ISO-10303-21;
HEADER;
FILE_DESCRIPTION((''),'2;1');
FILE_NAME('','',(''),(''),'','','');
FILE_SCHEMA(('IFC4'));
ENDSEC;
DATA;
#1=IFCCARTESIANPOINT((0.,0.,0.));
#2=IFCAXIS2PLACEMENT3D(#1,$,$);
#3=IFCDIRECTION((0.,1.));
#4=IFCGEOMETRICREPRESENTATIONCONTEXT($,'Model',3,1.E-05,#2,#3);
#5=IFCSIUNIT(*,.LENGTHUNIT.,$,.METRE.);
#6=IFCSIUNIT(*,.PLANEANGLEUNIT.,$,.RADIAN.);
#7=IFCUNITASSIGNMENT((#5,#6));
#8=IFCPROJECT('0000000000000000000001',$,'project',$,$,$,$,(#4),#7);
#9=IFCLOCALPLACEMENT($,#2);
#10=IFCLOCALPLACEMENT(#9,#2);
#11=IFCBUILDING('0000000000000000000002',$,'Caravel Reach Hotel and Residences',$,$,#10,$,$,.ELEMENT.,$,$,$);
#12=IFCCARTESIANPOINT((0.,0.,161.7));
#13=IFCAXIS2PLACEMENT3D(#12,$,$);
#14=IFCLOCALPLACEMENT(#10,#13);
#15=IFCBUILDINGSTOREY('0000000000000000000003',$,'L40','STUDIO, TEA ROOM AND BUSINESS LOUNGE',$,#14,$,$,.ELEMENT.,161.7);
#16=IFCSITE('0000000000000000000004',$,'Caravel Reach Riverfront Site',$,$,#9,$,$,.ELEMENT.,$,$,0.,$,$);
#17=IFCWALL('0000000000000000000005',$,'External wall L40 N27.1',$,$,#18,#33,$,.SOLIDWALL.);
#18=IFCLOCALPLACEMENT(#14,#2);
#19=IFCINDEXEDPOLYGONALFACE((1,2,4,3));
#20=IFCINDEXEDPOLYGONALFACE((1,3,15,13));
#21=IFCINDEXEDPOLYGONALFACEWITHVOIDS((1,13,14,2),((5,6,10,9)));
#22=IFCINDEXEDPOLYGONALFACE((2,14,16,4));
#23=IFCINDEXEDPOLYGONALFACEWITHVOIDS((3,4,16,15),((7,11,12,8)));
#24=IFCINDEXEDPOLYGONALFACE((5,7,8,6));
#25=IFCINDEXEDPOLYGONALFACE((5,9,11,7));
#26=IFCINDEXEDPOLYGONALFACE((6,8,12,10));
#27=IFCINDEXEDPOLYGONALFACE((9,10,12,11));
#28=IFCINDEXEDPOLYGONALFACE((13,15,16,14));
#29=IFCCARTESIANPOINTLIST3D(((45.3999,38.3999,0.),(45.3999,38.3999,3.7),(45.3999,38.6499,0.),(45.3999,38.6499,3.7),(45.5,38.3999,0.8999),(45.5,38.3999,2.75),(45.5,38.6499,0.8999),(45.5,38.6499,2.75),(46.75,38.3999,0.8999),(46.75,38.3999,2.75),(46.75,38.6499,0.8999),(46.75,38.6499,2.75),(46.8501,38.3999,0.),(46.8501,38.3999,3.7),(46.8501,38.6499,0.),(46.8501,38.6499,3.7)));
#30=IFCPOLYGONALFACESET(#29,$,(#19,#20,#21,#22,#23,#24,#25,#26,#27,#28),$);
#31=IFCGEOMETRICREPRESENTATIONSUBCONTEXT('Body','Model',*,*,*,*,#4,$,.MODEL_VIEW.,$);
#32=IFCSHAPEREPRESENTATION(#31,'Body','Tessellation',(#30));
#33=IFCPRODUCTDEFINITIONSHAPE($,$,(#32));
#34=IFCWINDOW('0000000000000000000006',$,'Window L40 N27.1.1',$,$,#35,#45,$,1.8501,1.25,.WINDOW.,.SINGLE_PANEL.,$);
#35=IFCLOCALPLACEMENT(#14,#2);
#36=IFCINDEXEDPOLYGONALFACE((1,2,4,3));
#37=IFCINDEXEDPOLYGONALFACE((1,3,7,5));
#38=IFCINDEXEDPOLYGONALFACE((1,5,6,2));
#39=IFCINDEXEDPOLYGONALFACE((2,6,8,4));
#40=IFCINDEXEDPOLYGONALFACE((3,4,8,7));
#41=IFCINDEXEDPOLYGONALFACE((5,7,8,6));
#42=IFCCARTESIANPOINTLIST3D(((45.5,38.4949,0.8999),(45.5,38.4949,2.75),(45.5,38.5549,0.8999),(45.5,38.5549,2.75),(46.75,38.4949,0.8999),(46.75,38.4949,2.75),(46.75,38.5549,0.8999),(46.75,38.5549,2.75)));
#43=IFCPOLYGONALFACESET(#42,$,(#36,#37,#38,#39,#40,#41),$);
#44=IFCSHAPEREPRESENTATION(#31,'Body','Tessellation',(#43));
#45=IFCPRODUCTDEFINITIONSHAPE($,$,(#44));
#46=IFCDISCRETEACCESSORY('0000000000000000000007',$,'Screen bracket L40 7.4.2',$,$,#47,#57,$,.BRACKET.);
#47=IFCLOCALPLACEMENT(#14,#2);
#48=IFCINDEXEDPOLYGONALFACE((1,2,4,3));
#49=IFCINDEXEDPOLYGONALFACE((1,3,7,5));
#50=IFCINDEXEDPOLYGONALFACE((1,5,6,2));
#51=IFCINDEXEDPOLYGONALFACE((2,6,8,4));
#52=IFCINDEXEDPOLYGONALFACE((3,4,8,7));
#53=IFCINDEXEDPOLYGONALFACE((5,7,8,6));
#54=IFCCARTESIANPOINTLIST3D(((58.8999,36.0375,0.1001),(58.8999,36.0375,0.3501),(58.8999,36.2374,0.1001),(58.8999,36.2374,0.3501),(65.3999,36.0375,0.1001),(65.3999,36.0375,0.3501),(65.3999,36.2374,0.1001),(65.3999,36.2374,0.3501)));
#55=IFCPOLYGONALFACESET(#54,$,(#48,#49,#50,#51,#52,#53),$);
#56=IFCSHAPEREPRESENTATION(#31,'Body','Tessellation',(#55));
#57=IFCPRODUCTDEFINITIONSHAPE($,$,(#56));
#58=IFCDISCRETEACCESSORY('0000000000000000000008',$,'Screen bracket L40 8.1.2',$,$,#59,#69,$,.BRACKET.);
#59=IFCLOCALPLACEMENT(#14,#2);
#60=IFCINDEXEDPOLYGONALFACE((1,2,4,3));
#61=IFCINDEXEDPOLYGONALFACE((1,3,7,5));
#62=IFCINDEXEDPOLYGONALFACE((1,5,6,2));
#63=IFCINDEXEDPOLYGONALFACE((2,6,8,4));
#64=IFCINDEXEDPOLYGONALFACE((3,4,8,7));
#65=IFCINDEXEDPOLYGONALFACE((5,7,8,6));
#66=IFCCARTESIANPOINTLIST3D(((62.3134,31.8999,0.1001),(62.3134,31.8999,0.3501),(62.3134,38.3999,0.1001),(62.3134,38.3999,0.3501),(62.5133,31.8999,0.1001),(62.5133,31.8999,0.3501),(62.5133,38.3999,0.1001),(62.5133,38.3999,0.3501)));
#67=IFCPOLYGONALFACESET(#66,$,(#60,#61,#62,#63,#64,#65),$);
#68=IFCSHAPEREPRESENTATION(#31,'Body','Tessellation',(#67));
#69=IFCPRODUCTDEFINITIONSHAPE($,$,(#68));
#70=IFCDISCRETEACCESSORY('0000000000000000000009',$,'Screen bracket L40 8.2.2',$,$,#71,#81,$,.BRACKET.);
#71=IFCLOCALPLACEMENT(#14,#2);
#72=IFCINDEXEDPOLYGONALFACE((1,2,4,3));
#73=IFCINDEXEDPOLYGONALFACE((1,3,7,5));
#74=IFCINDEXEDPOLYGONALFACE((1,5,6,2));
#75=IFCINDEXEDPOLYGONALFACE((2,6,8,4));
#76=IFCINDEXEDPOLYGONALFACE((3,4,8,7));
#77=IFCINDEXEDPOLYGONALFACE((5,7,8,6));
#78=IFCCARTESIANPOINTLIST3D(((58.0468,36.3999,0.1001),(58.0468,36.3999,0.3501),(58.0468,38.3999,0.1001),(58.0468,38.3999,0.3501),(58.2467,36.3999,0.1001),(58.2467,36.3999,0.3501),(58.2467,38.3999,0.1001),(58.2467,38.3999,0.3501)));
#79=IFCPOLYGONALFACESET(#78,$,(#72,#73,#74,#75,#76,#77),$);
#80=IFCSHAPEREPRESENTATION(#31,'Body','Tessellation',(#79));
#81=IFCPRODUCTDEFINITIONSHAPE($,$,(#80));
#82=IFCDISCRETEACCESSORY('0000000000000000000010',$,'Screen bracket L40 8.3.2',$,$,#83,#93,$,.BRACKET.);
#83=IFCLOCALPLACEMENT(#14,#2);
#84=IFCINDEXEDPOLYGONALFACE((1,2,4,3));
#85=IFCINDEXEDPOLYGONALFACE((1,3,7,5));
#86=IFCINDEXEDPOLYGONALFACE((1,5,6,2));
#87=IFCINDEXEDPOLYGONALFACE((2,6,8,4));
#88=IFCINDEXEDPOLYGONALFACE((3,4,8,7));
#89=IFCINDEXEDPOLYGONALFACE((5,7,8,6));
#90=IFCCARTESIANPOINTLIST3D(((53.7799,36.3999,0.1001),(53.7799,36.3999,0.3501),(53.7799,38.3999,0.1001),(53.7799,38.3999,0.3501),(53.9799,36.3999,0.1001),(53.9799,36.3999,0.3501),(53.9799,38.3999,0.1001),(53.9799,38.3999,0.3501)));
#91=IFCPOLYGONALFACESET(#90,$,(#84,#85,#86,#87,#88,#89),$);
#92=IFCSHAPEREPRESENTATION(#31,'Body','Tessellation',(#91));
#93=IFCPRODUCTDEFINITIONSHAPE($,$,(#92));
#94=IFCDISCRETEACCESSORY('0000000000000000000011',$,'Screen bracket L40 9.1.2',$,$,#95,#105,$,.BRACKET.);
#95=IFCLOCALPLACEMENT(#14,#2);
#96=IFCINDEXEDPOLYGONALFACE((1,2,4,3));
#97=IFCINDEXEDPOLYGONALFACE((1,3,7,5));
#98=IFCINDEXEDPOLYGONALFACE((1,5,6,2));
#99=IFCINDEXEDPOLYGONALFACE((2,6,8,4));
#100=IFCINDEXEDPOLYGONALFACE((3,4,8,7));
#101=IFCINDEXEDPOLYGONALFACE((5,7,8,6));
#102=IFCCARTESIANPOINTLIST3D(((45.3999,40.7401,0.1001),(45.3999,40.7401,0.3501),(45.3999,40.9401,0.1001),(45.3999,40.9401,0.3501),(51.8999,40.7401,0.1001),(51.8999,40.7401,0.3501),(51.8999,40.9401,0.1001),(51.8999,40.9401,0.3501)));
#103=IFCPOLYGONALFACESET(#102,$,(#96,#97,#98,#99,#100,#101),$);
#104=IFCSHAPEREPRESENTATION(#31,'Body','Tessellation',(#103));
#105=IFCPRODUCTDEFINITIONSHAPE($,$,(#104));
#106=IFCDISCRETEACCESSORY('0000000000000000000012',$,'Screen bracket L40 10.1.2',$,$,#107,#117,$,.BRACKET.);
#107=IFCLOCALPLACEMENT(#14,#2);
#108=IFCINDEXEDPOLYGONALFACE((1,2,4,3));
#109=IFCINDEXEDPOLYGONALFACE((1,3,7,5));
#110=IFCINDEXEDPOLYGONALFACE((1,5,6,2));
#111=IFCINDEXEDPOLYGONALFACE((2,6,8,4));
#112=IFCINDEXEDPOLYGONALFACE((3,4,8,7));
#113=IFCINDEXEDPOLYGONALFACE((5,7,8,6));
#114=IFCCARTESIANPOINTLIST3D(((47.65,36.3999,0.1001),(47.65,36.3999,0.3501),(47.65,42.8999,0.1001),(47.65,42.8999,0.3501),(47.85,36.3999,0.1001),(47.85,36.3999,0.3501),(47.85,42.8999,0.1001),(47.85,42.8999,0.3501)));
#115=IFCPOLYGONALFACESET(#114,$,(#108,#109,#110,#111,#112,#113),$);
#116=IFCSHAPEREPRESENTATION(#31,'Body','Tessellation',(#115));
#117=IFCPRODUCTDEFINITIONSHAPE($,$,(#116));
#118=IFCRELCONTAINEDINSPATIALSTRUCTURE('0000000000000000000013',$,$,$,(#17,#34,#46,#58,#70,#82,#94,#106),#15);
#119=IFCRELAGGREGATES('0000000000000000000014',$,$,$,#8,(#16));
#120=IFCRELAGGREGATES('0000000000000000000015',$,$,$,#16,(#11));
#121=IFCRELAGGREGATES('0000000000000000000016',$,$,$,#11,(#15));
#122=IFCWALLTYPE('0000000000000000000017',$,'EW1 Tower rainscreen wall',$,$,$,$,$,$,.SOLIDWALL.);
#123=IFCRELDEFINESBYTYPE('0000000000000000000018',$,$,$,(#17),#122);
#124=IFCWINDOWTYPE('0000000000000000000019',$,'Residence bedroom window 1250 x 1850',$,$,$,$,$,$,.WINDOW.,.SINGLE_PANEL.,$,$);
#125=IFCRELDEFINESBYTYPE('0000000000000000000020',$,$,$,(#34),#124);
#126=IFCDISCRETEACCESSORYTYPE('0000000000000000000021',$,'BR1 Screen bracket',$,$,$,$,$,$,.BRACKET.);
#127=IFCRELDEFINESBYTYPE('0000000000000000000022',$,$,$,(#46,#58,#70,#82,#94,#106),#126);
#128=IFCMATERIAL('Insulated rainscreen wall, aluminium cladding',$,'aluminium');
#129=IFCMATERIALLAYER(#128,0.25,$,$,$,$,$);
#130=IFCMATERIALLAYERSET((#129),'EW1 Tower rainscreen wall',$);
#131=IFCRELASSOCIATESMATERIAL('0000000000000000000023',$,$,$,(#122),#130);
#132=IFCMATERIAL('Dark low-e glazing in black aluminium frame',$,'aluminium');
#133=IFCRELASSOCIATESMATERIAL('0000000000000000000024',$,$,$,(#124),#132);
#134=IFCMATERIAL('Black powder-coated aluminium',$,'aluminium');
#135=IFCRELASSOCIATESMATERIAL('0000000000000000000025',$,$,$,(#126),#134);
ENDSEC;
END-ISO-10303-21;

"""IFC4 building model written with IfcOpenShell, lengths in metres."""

from ifc_helpers import new_model, si_unit, direction, frame, frame_2d, origin, origin_2d, place, context, subcontext, project, spatial, rectangle, extrude, material, layer, layer_set, type_object, element, fill, save


model = new_model("IFC4")

# Units and contexts
model_context = context("Model", 3, precision=1e-05, world=origin(), true_north=direction((0.0, 1.0)))
body_context = subcontext(model_context, "Body", "Model", "MODEL_VIEW")
ifc_project = project(units=[si_unit("LENGTHUNIT", "METRE"), si_unit("PLANEANGLEUNIT", "RADIAN")], contexts=[model_context])

# Site, building, storey
site_placement = place(None, origin())
site = spatial("IfcSite", under=ifc_project, at=site_placement, Name="Caravel Reach Riverfront Site", CompositionType="ELEMENT", RefElevation=0.0)
building_placement = place(site_placement, origin())
building = spatial("IfcBuilding", under=site, at=building_placement, Name="Caravel Reach Hotel and Residences", CompositionType="ELEMENT")
storey_placement = place(building_placement, frame((0.0, 0.0, 161.7)))
storey = spatial("IfcBuildingStorey", under=building, at=storey_placement, Name="L40", Description="STUDIO, TEA ROOM AND BUSINESS LOUNGE", CompositionType="ELEMENT", Elevation=161.7)

# Shared definitions
ifc_material_1 = material(Name="Insulated rainscreen wall, aluminium cladding", Category="aluminium")
ifc_layer = layer(ifc_material_1, 0.25)
ifc_layer_set = layer_set([ifc_layer], Name="EW1 Tower rainscreen wall")
wall_type = type_object("IfcWallType", Name="EW1 Tower rainscreen wall", PredefinedType="SOLIDWALL", material=ifc_layer_set)
ifc_material_2 = material(Name="Dark low-e glazing in black aluminium frame", Category="aluminium")
window_type_1 = type_object("IfcWindowType", Name="Residence bedroom window 1250 x 1850", PartitioningType="SINGLE_PANEL", PredefinedType="WINDOW", material=ifc_material_2)

# Wall, opening, window
wall_1_placement = place(storey_placement, frame((46.8501, 38.5249, 0.0), z_axis=(0.0, 0.0, 1.0), x_axis=(-1.0, 0.0, 0.0)))
wall_1 = element("IfcWall", 1, at=wall_1_placement, inside=storey, type_object=wall_type, Name="External wall L40 N27.1", PredefinedType="SOLIDWALL", context=body_context, shape_type="SweptSolid", body=[
    extrude(rectangle(XDim=1.4502, YDim=0.25, at=frame_2d((0.7251, 0.0))), origin(), (0.0, 0.0, 1.0), 3.7),
])
opening_1_placement = place(wall_1_placement, frame((0.1001, 0.0, 0.8999)))
opening_1 = element("IfcOpeningElement", 2, at=opening_1_placement, cuts=wall_1, PredefinedType="OPENING", context=body_context, shape_type="SweptSolid", body=[
    extrude(rectangle(XDim=1.25, YDim=1.8501, at=frame_2d((0.625, 0.925))), frame((0.0, 0.135, 0.0), z_axis=(0.0, -1.0, 0.0), x_axis=(1.0, 0.0, 0.0)), (0.0, 0.0, 1.0), 0.27),
])
window_1_placement = place(opening_1_placement, origin())
window_1 = element("IfcWindow", 3, at=window_1_placement, inside=storey, type_object=window_type_1, Name="Window L40 N27.1.1", OverallHeight=1.8501, OverallWidth=1.25, PartitioningType="SINGLE_PANEL", PredefinedType="WINDOW", context=body_context, shape_type="SweptSolid", body=[
    extrude(rectangle(XDim=1.25, YDim=1.8501, at=frame_2d((0.625, 0.925))), frame((0.0, 0.03, 0.0), z_axis=(0.0, -1.0, 0.0), x_axis=(1.0, 0.0, 0.0)), (0.0, 0.0, 1.0), 0.0601),
])
fill(opening_1, window_1)

# Discrete accessories
ifc_material_3 = material(Name="Black powder-coated aluminium", Category="aluminium")
discrete_accessory_type = type_object("IfcDiscreteAccessoryType", Name="BR1 Screen bracket", PredefinedType="BRACKET", material=ifc_material_3)
for number, where, z_axis, x_axis, name in (
    (4, (62.1499, 36.1375, 0.1001), (0.0, 0.0, 1.0), (1.0, 0.0, 0.0), "Screen bracket L40 7.4.2"),
    (5, (62.4133, 35.1499, 0.1001), (0.0, 0.0, 1.0), (0.0, 1.0, 0.0), "Screen bracket L40 8.1.2"),
):
    element("IfcDiscreteAccessory", number, at=place(storey_placement, frame(where, z_axis=z_axis, x_axis=x_axis)), inside=storey, type_object=discrete_accessory_type, Name=name, PredefinedType="BRACKET", context=body_context, shape_type="SweptSolid", body=[
        extrude(rectangle(XDim=6.5, YDim=0.2, at=origin_2d()), origin(), (0.0, 0.0, 1.0), 0.25),
    ])
for number, where, z_axis, x_axis, name in (
    (6, (58.1467, 37.3999, 0.1001), (0.0, 0.0, 1.0), (0.0, 1.0, 0.0), "Screen bracket L40 8.2.2"),
    (7, (53.8799, 37.3999, 0.1001), (0.0, 0.0, 1.0), (0.0, 1.0, 0.0), "Screen bracket L40 8.3.2"),
):
    element("IfcDiscreteAccessory", number, at=place(storey_placement, frame(where, z_axis=z_axis, x_axis=x_axis)), inside=storey, type_object=discrete_accessory_type, Name=name, PredefinedType="BRACKET", context=body_context, shape_type="SweptSolid", body=[
        extrude(rectangle(XDim=2.0, YDim=0.2, at=origin_2d()), origin(), (0.0, 0.0, 1.0), 0.25),
    ])
for number, where, z_axis, x_axis, name in (
    (8, (48.6499, 40.8401, 0.1001), (0.0, 0.0, 1.0), (1.0, 0.0, 0.0), "Screen bracket L40 9.1.2"),
    (9, (47.75, 39.6499, 0.1001), (0.0, 0.0, 1.0), (0.0, 1.0, 0.0), "Screen bracket L40 10.1.2"),
):
    element("IfcDiscreteAccessory", number, at=place(storey_placement, frame(where, z_axis=z_axis, x_axis=x_axis)), inside=storey, type_object=discrete_accessory_type, Name=name, PredefinedType="BRACKET", context=body_context, shape_type="SweptSolid", body=[
        extrude(rectangle(XDim=6.5, YDim=0.2, at=origin_2d()), origin(), (0.0, 0.0, 1.0), 0.25),
    ])

save(model, "model.ifc")
